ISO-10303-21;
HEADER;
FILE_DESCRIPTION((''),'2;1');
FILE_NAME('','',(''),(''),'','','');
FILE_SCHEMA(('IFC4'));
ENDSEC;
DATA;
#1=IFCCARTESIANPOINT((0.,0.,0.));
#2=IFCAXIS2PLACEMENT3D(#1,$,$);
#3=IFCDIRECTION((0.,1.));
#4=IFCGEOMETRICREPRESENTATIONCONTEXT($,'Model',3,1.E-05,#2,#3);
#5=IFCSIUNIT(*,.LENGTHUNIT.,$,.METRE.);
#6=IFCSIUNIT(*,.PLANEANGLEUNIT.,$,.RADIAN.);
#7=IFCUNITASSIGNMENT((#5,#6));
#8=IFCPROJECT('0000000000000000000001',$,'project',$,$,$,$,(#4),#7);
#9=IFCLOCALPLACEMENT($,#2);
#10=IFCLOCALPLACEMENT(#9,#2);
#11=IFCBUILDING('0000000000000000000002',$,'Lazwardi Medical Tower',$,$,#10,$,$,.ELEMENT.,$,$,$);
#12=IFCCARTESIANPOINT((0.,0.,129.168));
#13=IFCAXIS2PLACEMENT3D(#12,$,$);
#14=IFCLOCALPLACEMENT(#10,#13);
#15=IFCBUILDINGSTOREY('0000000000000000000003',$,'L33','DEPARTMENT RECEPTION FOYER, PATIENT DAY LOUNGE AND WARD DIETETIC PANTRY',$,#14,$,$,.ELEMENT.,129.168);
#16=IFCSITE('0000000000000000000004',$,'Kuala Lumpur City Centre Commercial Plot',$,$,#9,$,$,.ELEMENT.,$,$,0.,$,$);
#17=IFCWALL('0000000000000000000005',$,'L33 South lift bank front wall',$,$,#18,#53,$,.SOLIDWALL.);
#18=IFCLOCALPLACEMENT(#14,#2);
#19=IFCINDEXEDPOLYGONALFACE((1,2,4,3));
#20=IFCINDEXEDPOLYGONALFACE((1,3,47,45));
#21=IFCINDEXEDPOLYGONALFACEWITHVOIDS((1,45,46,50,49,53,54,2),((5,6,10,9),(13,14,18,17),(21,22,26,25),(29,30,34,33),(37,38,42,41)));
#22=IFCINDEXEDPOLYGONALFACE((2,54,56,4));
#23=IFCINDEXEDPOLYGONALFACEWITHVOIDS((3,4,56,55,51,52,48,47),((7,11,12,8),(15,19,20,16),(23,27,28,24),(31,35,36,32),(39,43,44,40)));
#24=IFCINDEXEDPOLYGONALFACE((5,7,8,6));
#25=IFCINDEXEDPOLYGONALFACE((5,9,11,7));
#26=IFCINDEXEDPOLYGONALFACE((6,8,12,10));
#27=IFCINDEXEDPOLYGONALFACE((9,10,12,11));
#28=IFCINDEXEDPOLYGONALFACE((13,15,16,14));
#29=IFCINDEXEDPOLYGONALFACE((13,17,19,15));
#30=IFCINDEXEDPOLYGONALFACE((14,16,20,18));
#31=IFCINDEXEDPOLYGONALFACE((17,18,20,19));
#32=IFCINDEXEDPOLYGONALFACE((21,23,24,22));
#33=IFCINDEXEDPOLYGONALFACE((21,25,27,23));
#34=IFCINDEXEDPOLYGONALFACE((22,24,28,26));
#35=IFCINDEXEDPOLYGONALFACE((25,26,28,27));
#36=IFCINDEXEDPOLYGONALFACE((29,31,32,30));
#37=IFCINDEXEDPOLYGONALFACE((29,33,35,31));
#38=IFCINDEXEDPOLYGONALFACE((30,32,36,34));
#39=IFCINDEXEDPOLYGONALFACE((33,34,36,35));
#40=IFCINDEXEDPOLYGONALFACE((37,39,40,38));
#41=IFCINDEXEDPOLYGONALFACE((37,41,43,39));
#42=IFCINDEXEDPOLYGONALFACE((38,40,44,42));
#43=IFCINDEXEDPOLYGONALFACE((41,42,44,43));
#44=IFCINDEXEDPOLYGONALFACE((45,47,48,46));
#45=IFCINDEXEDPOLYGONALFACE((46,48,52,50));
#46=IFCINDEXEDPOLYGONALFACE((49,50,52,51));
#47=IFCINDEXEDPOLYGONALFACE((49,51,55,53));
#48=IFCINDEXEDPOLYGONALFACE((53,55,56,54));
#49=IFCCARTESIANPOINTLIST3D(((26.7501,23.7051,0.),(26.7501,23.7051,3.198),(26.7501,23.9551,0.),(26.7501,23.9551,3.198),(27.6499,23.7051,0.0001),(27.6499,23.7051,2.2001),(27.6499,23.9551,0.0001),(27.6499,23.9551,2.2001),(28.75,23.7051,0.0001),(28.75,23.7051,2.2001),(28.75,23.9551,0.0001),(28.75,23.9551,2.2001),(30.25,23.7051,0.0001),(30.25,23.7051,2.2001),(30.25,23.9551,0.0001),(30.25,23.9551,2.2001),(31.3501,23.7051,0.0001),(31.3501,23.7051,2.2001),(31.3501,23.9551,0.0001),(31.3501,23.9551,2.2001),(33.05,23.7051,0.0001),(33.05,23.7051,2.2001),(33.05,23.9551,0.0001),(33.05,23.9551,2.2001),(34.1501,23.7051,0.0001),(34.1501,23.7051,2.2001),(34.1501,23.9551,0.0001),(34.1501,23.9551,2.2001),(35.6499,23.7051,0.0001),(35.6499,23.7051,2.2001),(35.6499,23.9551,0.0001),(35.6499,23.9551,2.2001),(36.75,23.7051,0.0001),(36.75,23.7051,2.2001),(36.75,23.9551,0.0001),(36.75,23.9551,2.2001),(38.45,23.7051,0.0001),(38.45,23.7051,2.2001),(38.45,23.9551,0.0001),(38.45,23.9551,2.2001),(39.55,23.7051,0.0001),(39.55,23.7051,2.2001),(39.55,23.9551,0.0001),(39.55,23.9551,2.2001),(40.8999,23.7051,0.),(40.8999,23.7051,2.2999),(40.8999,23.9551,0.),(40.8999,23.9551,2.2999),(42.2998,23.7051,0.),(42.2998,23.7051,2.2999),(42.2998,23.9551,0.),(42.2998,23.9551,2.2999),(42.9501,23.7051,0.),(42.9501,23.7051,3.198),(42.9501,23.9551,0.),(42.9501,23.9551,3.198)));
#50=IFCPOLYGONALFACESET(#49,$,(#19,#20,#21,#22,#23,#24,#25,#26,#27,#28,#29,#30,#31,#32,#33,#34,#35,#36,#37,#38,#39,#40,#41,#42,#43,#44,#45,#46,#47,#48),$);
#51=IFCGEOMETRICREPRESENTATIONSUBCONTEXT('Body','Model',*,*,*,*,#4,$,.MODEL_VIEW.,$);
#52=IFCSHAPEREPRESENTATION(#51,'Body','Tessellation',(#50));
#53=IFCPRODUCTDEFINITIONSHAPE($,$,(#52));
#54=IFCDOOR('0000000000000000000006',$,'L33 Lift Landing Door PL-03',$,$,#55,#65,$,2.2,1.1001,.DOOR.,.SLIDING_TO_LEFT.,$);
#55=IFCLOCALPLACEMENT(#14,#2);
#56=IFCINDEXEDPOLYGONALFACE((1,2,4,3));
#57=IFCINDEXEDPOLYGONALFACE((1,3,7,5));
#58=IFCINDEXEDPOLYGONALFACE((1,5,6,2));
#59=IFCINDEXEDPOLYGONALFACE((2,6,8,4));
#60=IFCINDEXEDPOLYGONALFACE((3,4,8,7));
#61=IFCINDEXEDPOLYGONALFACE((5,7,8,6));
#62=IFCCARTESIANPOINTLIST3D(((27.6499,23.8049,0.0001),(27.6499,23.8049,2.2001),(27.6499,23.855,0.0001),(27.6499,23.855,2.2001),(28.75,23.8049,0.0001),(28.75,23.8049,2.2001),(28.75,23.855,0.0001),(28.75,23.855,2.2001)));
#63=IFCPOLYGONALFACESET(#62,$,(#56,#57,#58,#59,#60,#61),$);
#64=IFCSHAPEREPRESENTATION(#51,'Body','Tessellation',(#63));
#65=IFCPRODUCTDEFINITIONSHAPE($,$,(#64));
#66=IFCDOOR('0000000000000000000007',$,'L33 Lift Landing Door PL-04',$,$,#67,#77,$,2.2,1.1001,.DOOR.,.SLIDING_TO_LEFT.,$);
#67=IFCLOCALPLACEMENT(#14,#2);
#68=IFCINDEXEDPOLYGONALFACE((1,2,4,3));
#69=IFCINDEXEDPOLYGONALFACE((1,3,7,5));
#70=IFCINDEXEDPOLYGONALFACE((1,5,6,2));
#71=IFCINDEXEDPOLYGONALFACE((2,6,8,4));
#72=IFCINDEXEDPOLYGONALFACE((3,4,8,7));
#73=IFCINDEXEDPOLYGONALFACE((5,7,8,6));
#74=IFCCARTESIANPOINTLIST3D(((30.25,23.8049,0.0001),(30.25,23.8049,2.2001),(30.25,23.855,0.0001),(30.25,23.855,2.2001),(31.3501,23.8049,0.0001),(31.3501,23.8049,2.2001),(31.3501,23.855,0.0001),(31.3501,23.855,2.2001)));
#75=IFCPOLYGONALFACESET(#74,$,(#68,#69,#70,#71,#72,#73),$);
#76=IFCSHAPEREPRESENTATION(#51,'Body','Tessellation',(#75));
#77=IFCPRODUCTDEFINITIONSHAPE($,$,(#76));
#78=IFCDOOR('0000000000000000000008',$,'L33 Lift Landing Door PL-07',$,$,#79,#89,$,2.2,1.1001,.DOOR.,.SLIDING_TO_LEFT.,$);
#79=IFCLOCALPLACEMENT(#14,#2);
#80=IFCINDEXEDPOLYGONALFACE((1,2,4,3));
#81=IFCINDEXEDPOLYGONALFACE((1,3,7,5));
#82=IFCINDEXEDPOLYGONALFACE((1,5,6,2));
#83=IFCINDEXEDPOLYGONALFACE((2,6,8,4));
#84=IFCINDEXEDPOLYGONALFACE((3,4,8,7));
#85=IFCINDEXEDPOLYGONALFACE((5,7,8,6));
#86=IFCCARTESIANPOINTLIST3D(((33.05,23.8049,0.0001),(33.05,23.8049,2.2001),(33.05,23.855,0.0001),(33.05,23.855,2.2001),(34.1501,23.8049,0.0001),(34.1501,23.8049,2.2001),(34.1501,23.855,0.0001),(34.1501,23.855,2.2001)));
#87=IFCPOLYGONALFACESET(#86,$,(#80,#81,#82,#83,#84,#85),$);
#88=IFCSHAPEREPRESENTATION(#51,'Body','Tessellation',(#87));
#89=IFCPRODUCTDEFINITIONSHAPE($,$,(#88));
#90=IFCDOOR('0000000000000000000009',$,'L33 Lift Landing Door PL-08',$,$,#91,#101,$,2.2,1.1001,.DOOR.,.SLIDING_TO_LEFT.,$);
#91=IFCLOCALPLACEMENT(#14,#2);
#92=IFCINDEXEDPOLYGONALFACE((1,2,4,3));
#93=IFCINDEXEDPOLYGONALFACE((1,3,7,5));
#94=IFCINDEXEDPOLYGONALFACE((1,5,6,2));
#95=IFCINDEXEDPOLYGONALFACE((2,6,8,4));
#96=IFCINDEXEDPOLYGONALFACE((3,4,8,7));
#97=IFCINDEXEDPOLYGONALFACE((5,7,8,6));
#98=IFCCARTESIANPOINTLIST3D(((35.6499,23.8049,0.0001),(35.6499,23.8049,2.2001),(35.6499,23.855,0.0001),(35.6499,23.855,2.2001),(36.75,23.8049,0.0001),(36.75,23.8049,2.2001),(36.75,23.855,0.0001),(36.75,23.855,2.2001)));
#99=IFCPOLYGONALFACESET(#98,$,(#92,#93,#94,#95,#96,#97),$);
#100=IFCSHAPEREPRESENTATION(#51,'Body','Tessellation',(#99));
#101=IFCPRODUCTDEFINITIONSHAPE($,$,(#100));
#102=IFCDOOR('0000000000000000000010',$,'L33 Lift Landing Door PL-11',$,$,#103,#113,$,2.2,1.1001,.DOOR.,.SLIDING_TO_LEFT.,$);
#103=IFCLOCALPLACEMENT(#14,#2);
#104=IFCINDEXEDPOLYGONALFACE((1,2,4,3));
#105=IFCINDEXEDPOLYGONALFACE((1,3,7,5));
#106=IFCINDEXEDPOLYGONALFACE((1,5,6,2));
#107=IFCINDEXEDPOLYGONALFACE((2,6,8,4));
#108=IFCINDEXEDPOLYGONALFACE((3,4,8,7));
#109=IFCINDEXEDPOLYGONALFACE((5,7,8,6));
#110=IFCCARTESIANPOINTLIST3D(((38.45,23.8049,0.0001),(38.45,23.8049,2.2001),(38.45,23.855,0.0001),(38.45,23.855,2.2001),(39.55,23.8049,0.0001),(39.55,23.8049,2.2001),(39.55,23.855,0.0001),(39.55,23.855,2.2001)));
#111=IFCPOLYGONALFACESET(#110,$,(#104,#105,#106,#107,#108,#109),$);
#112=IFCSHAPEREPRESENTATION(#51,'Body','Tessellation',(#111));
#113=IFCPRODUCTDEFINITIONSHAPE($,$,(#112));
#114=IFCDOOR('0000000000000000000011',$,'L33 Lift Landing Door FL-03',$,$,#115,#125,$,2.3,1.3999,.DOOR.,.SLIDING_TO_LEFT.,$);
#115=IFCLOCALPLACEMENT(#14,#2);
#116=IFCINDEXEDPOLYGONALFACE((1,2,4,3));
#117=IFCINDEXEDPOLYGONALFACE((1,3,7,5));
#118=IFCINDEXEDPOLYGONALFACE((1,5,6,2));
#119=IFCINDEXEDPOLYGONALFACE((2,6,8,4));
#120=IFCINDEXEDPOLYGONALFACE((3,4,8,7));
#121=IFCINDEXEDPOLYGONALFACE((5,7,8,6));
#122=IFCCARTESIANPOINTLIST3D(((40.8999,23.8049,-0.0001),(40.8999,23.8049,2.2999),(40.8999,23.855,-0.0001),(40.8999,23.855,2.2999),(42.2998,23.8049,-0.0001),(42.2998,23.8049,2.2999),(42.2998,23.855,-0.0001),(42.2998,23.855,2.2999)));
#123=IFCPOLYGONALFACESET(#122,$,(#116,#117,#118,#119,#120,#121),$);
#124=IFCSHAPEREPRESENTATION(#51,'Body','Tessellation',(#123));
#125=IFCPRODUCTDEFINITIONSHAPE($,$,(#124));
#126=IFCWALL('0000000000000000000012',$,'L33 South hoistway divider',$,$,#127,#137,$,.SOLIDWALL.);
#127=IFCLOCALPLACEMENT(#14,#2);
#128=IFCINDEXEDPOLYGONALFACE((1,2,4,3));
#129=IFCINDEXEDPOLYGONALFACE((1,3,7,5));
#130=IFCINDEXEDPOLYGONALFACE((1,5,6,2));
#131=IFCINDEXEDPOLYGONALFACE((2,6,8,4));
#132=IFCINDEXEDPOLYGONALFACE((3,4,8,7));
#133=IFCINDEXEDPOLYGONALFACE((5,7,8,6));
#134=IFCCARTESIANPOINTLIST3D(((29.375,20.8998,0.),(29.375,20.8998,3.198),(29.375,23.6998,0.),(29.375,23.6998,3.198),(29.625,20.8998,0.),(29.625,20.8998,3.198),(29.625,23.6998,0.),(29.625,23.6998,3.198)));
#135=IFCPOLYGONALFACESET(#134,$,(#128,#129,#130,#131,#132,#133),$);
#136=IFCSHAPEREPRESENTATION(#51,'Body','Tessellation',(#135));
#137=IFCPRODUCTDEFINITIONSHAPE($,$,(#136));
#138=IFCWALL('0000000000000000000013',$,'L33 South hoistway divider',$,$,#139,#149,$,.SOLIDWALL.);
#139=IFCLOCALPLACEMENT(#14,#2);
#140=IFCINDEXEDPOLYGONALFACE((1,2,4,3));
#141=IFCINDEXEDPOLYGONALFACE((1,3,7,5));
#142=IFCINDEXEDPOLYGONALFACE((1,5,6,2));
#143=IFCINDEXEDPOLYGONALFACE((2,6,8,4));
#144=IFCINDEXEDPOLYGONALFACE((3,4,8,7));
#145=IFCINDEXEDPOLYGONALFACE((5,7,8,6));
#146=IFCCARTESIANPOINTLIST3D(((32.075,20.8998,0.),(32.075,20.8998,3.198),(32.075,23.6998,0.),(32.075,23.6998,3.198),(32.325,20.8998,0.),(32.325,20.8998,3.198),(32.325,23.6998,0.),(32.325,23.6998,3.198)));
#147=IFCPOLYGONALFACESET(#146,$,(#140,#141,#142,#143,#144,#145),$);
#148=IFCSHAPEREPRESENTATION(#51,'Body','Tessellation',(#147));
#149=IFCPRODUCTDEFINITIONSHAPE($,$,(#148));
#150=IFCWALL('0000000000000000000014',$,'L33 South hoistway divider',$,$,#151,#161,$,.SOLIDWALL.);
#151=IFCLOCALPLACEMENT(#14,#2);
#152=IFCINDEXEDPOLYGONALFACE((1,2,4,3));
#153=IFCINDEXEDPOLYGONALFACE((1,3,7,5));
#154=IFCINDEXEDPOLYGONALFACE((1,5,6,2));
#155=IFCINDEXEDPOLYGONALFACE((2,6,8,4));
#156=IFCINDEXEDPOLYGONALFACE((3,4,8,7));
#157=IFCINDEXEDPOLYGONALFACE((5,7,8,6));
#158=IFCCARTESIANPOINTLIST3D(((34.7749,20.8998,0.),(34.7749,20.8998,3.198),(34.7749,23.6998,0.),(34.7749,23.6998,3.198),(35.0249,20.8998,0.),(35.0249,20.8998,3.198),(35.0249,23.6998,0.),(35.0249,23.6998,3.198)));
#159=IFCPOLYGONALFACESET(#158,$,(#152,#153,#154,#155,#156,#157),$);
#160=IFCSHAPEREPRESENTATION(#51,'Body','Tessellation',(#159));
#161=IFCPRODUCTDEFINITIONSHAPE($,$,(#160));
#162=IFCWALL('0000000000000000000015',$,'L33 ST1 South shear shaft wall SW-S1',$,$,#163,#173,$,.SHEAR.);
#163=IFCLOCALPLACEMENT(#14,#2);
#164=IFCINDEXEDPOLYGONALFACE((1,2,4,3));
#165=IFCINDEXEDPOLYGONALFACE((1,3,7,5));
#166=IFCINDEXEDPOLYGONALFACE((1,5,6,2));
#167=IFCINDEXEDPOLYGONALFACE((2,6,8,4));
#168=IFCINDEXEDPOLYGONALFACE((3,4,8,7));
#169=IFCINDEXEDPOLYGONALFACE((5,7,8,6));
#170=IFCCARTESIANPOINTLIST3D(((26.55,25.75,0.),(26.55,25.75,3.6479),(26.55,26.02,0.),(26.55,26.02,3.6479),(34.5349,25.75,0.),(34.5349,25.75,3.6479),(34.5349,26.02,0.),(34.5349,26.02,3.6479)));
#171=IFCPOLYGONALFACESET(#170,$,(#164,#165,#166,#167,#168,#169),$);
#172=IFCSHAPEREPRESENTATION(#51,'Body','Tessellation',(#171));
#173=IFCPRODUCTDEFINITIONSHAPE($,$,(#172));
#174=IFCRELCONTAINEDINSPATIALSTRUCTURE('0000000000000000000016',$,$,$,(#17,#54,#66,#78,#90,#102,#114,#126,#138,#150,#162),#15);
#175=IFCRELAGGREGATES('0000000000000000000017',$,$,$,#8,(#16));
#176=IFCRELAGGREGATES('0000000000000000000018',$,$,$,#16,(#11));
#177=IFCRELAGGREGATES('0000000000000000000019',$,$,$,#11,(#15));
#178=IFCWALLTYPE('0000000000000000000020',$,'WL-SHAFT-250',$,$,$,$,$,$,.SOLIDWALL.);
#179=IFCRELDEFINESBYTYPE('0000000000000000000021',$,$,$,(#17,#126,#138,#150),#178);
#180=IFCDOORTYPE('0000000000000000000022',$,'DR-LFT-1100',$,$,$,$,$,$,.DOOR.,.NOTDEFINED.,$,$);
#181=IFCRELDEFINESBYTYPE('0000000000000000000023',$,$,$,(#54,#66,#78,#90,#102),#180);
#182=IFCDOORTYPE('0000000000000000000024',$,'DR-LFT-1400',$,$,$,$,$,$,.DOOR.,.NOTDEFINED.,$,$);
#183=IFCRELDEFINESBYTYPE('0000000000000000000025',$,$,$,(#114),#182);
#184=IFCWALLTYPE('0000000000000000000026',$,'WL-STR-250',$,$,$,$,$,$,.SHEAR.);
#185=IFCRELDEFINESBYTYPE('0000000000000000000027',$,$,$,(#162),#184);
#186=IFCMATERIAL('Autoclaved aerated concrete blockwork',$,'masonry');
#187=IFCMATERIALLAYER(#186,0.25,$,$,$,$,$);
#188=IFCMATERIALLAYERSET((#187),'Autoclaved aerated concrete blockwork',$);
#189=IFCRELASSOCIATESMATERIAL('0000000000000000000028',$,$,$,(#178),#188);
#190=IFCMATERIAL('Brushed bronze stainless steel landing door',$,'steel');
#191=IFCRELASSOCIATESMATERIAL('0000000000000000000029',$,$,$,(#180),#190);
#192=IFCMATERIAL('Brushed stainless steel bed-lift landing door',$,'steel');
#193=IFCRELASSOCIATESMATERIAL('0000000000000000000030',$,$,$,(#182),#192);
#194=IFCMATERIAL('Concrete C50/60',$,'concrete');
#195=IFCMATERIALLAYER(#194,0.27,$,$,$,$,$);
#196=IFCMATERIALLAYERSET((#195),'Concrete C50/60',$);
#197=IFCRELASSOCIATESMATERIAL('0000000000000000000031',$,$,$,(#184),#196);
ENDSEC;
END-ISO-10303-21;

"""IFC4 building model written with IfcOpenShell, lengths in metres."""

from ifc_helpers import new_model, si_unit, direction, frame, frame_2d, origin, place, context, subcontext, project, spatial, rectangle, extrude, material, layer, layer_set, type_object, element, fill, save


model = new_model("IFC4")

# Units and contexts
model_context = context("Model", 3, precision=1e-05, world=origin(), true_north=direction((0.0, 1.0)))
body_context = subcontext(model_context, "Body", "Model", "MODEL_VIEW")
ifc_project = project(units=[si_unit("LENGTHUNIT", "METRE"), si_unit("PLANEANGLEUNIT", "RADIAN")], contexts=[model_context])

# Site, building, storey
site_placement = place(None, origin())
site = spatial("IfcSite", under=ifc_project, at=site_placement, Name="Kuala Lumpur City Centre Commercial Plot", CompositionType="ELEMENT", RefElevation=0.0)
building_placement = place(site_placement, origin())
building = spatial("IfcBuilding", under=site, at=building_placement, Name="Lazwardi Medical Tower", CompositionType="ELEMENT")
storey_placement = place(building_placement, frame((0.0, 0.0, 129.168)))
storey = spatial("IfcBuildingStorey", under=building, at=storey_placement, Name="L33", Description="DEPARTMENT RECEPTION FOYER, PATIENT DAY LOUNGE AND WARD DIETETIC PANTRY", CompositionType="ELEMENT", Elevation=129.168)

# Wall, openings, doors
ifc_material_1 = material(Name="Autoclaved aerated concrete blockwork", Category="masonry")
ifc_layer_1 = layer(ifc_material_1, 0.25)
ifc_layer_set_1 = layer_set([ifc_layer_1], Name="Autoclaved aerated concrete blockwork")
wall_type_1 = type_object("IfcWallType", Name="WL-SHAFT-250", PredefinedType="SOLIDWALL", material=ifc_layer_set_1)
wall_1_placement = place(storey_placement, frame((26.75, 23.8301, 0.0), z_axis=(0.0, 0.0, 1.0), x_axis=(1.0, 0.0, 0.0)))
wall_1 = element("IfcWall", 1, at=wall_1_placement, inside=storey, type_object=wall_type_1, Name="L33 South lift bank front wall", PredefinedType="SOLIDWALL", context=body_context, shape_type="SweptSolid", body=[
    extrude(rectangle(XDim=16.2, YDim=0.25, at=frame_2d((8.1001, 0.0))), origin(), (0.0, 0.0, 1.0), 3.198),
])
opening_1_placement = place(wall_1_placement, frame((0.8999, 0.0, 0.0)))
opening_1 = element("IfcOpeningElement", 2, at=opening_1_placement, cuts=wall_1, PredefinedType="OPENING", context=body_context, shape_type="SweptSolid", body=[
    extrude(rectangle(XDim=1.1001, YDim=2.2, at=frame_2d((0.55, 1.1001))), frame((0.0, 0.135, 0.0), z_axis=(0.0, -1.0, 0.0), x_axis=(1.0, 0.0, 0.0)), (0.0, 0.0, 1.0), 0.27),
])
opening_2_placement = place(wall_1_placement, frame((3.5, 0.0, 0.0)))
opening_2 = element("IfcOpeningElement", 3, at=opening_2_placement, cuts=wall_1, PredefinedType="OPENING", context=body_context, shape_type="SweptSolid", body=[
    extrude(rectangle(XDim=1.1001, YDim=2.2, at=frame_2d((0.55, 1.1001))), frame((0.0, 0.135, 0.0), z_axis=(0.0, -1.0, 0.0), x_axis=(1.0, 0.0, 0.0)), (0.0, 0.0, 1.0), 0.27),
])
opening_3_placement = place(wall_1_placement, frame((6.3, 0.0, 0.0)))
opening_3 = element("IfcOpeningElement", 4, at=opening_3_placement, cuts=wall_1, PredefinedType="OPENING", context=body_context, shape_type="SweptSolid", body=[
    extrude(rectangle(XDim=1.1001, YDim=2.2, at=frame_2d((0.55, 1.1001))), frame((0.0, 0.135, 0.0), z_axis=(0.0, -1.0, 0.0), x_axis=(1.0, 0.0, 0.0)), (0.0, 0.0, 1.0), 0.27),
])
opening_4_placement = place(wall_1_placement, frame((8.8999, 0.0, 0.0)))
opening_4 = element("IfcOpeningElement", 5, at=opening_4_placement, cuts=wall_1, PredefinedType="OPENING", context=body_context, shape_type="SweptSolid", body=[
    extrude(rectangle(XDim=1.1001, YDim=2.2, at=frame_2d((0.55, 1.1001))), frame((0.0, 0.135, 0.0), z_axis=(0.0, -1.0, 0.0), x_axis=(1.0, 0.0, 0.0)), (0.0, 0.0, 1.0), 0.27),
])
opening_5_placement = place(wall_1_placement, frame((11.7, 0.0, 0.0)))
opening_5 = element("IfcOpeningElement", 6, at=opening_5_placement, cuts=wall_1, PredefinedType="OPENING", context=body_context, shape_type="SweptSolid", body=[
    extrude(rectangle(XDim=1.1001, YDim=2.2, at=frame_2d((0.55, 1.1001))), frame((0.0, 0.135, 0.0), z_axis=(0.0, -1.0, 0.0), x_axis=(1.0, 0.0, 0.0)), (0.0, 0.0, 1.0), 0.27),
])
opening_6_placement = place(wall_1_placement, frame((14.1499, 0.0, 0.0)))
opening_6 = element("IfcOpeningElement", 7, at=opening_6_placement, cuts=wall_1, PredefinedType="OPENING", context=body_context, shape_type="SweptSolid", body=[
    extrude(rectangle(XDim=1.3999, YDim=2.3, at=frame_2d((0.7, 1.1499))), frame((0.0, 0.135, 0.0), z_axis=(0.0, -1.0, 0.0), x_axis=(1.0, 0.0, 0.0)), (0.0, 0.0, 1.0), 0.27),
])
ifc_material_2 = material(Name="Brushed bronze stainless steel landing door", Category="steel")
door_type_1 = type_object("IfcDoorType", Name="DR-LFT-1100", OperationType="NOTDEFINED", PredefinedType="DOOR", material=ifc_material_2)
door_1_placement = place(opening_1_placement, origin())
door_1 = element("IfcDoor", 8, at=door_1_placement, inside=storey, type_object=door_type_1, Name="L33 Lift Landing Door PL-03", OperationType="SLIDING_TO_LEFT", OverallHeight=2.2, OverallWidth=1.1001, PredefinedType="DOOR", context=body_context, shape_type="SweptSolid", body=[
    extrude(rectangle(XDim=1.1001, YDim=2.2, at=frame_2d((0.55, 1.1001))), frame((0.0, 0.0249, 0.0), z_axis=(0.0, -1.0, 0.0), x_axis=(1.0, 0.0, 0.0)), (0.0, 0.0, 1.0), 0.05),
])
fill(opening_1, door_1)
door_2_placement = place(opening_2_placement, origin())
door_2 = element("IfcDoor", 9, at=door_2_placement, inside=storey, type_object=door_type_1, Name="L33 Lift Landing Door PL-04", OperationType="SLIDING_TO_LEFT", OverallHeight=2.2, OverallWidth=1.1001, PredefinedType="DOOR", context=body_context, shape_type="SweptSolid", body=[
    extrude(rectangle(XDim=1.1001, YDim=2.2, at=frame_2d((0.55, 1.1001))), frame((0.0, 0.0249, 0.0), z_axis=(0.0, -1.0, 0.0), x_axis=(1.0, 0.0, 0.0)), (0.0, 0.0, 1.0), 0.05),
])
fill(opening_2, door_2)
door_3_placement = place(opening_3_placement, origin())
door_3 = element("IfcDoor", 10, at=door_3_placement, inside=storey, type_object=door_type_1, Name="L33 Lift Landing Door PL-07", OperationType="SLIDING_TO_LEFT", OverallHeight=2.2, OverallWidth=1.1001, PredefinedType="DOOR", context=body_context, shape_type="SweptSolid", body=[
    extrude(rectangle(XDim=1.1001, YDim=2.2, at=frame_2d((0.55, 1.1001))), frame((0.0, 0.0249, 0.0), z_axis=(0.0, -1.0, 0.0), x_axis=(1.0, 0.0, 0.0)), (0.0, 0.0, 1.0), 0.05),
])
fill(opening_3, door_3)
door_4_placement = place(opening_4_placement, origin())
door_4 = element("IfcDoor", 11, at=door_4_placement, inside=storey, type_object=door_type_1, Name="L33 Lift Landing Door PL-08", OperationType="SLIDING_TO_LEFT", OverallHeight=2.2, OverallWidth=1.1001, PredefinedType="DOOR", context=body_context, shape_type="SweptSolid", body=[
    extrude(rectangle(XDim=1.1001, YDim=2.2, at=frame_2d((0.55, 1.1001))), frame((0.0, 0.0249, 0.0), z_axis=(0.0, -1.0, 0.0), x_axis=(1.0, 0.0, 0.0)), (0.0, 0.0, 1.0), 0.05),
])
fill(opening_4, door_4)
door_5_placement = place(opening_5_placement, origin())
door_5 = element("IfcDoor", 12, at=door_5_placement, inside=storey, type_object=door_type_1, Name="L33 Lift Landing Door PL-11", OperationType="SLIDING_TO_LEFT", OverallHeight=2.2, OverallWidth=1.1001, PredefinedType="DOOR", context=body_context, shape_type="SweptSolid", body=[
    extrude(rectangle(XDim=1.1001, YDim=2.2, at=frame_2d((0.55, 1.1001))), frame((0.0, 0.0249, 0.0), z_axis=(0.0, -1.0, 0.0), x_axis=(1.0, 0.0, 0.0)), (0.0, 0.0, 1.0), 0.05),
])
fill(opening_5, door_5)
ifc_material_3 = material(Name="Brushed stainless steel bed-lift landing door", Category="steel")
door_type_2 = type_object("IfcDoorType", Name="DR-LFT-1400", OperationType="NOTDEFINED", PredefinedType="DOOR", material=ifc_material_3)
door_6_placement = place(opening_6_placement, origin())
door_6 = element("IfcDoor", 13, at=door_6_placement, inside=storey, type_object=door_type_2, Name="L33 Lift Landing Door FL-03", OperationType="SLIDING_TO_LEFT", OverallHeight=2.3, OverallWidth=1.3999, PredefinedType="DOOR", context=body_context, shape_type="SweptSolid", body=[
    extrude(rectangle(XDim=1.3999, YDim=2.3, at=frame_2d((0.7, 1.1499))), frame((0.0, 0.0249, 0.0), z_axis=(0.0, -1.0, 0.0), x_axis=(1.0, 0.0, 0.0)), (0.0, 0.0, 1.0), 0.05),
])
fill(opening_6, door_6)

# Walls
for number, where, z_axis, x_axis, name in (
    (14, (29.5, 20.8999, 0.0), (0.0, 0.0, 1.0), (0.0, 1.0, 0.0), "L33 South hoistway divider"),
    (15, (32.2, 20.8999, 0.0), (0.0, 0.0, 1.0), (0.0, 1.0, 0.0), "L33 South hoistway divider"),
    (16, (34.8999, 20.8999, 0.0), (0.0, 0.0, 1.0), (0.0, 1.0, 0.0), "L33 South hoistway divider"),
):
    element("IfcWall", number, at=place(storey_placement, frame(where, z_axis=z_axis, x_axis=x_axis)), inside=storey, type_object=wall_type_1, Name=name, PredefinedType="SOLIDWALL", context=body_context, shape_type="SweptSolid", body=[
        extrude(rectangle(XDim=2.8, YDim=0.25, at=frame_2d((1.3999, 0.0))), origin(), (0.0, 0.0, 1.0), 3.198),
    ])
ifc_material_4 = material(Name="Concrete C50/60", Category="concrete")
ifc_layer_2 = layer(ifc_material_4, 0.27)
ifc_layer_set_2 = layer_set([ifc_layer_2], Name="Concrete C50/60")
wall_type_2 = type_object("IfcWallType", Name="WL-STR-250", PredefinedType="SHEAR", material=ifc_layer_set_2)
wall_2_placement = place(storey_placement, frame((26.55, 25.885, 0.0), z_axis=(0.0, 0.0, 1.0), x_axis=(1.0, 0.0, 0.0)))
element("IfcWall", 17, at=wall_2_placement, inside=storey, type_object=wall_type_2, Name="L33 ST1 South shear shaft wall SW-S1", PredefinedType="SHEAR", context=body_context, shape_type="SweptSolid", body=[
    extrude(rectangle(XDim=7.9849, YDim=0.27, at=frame_2d((3.9924, 0.0))), origin(), (0.0, 0.0, 1.0), 3.6479),
])

save(model, "model.ifc")
